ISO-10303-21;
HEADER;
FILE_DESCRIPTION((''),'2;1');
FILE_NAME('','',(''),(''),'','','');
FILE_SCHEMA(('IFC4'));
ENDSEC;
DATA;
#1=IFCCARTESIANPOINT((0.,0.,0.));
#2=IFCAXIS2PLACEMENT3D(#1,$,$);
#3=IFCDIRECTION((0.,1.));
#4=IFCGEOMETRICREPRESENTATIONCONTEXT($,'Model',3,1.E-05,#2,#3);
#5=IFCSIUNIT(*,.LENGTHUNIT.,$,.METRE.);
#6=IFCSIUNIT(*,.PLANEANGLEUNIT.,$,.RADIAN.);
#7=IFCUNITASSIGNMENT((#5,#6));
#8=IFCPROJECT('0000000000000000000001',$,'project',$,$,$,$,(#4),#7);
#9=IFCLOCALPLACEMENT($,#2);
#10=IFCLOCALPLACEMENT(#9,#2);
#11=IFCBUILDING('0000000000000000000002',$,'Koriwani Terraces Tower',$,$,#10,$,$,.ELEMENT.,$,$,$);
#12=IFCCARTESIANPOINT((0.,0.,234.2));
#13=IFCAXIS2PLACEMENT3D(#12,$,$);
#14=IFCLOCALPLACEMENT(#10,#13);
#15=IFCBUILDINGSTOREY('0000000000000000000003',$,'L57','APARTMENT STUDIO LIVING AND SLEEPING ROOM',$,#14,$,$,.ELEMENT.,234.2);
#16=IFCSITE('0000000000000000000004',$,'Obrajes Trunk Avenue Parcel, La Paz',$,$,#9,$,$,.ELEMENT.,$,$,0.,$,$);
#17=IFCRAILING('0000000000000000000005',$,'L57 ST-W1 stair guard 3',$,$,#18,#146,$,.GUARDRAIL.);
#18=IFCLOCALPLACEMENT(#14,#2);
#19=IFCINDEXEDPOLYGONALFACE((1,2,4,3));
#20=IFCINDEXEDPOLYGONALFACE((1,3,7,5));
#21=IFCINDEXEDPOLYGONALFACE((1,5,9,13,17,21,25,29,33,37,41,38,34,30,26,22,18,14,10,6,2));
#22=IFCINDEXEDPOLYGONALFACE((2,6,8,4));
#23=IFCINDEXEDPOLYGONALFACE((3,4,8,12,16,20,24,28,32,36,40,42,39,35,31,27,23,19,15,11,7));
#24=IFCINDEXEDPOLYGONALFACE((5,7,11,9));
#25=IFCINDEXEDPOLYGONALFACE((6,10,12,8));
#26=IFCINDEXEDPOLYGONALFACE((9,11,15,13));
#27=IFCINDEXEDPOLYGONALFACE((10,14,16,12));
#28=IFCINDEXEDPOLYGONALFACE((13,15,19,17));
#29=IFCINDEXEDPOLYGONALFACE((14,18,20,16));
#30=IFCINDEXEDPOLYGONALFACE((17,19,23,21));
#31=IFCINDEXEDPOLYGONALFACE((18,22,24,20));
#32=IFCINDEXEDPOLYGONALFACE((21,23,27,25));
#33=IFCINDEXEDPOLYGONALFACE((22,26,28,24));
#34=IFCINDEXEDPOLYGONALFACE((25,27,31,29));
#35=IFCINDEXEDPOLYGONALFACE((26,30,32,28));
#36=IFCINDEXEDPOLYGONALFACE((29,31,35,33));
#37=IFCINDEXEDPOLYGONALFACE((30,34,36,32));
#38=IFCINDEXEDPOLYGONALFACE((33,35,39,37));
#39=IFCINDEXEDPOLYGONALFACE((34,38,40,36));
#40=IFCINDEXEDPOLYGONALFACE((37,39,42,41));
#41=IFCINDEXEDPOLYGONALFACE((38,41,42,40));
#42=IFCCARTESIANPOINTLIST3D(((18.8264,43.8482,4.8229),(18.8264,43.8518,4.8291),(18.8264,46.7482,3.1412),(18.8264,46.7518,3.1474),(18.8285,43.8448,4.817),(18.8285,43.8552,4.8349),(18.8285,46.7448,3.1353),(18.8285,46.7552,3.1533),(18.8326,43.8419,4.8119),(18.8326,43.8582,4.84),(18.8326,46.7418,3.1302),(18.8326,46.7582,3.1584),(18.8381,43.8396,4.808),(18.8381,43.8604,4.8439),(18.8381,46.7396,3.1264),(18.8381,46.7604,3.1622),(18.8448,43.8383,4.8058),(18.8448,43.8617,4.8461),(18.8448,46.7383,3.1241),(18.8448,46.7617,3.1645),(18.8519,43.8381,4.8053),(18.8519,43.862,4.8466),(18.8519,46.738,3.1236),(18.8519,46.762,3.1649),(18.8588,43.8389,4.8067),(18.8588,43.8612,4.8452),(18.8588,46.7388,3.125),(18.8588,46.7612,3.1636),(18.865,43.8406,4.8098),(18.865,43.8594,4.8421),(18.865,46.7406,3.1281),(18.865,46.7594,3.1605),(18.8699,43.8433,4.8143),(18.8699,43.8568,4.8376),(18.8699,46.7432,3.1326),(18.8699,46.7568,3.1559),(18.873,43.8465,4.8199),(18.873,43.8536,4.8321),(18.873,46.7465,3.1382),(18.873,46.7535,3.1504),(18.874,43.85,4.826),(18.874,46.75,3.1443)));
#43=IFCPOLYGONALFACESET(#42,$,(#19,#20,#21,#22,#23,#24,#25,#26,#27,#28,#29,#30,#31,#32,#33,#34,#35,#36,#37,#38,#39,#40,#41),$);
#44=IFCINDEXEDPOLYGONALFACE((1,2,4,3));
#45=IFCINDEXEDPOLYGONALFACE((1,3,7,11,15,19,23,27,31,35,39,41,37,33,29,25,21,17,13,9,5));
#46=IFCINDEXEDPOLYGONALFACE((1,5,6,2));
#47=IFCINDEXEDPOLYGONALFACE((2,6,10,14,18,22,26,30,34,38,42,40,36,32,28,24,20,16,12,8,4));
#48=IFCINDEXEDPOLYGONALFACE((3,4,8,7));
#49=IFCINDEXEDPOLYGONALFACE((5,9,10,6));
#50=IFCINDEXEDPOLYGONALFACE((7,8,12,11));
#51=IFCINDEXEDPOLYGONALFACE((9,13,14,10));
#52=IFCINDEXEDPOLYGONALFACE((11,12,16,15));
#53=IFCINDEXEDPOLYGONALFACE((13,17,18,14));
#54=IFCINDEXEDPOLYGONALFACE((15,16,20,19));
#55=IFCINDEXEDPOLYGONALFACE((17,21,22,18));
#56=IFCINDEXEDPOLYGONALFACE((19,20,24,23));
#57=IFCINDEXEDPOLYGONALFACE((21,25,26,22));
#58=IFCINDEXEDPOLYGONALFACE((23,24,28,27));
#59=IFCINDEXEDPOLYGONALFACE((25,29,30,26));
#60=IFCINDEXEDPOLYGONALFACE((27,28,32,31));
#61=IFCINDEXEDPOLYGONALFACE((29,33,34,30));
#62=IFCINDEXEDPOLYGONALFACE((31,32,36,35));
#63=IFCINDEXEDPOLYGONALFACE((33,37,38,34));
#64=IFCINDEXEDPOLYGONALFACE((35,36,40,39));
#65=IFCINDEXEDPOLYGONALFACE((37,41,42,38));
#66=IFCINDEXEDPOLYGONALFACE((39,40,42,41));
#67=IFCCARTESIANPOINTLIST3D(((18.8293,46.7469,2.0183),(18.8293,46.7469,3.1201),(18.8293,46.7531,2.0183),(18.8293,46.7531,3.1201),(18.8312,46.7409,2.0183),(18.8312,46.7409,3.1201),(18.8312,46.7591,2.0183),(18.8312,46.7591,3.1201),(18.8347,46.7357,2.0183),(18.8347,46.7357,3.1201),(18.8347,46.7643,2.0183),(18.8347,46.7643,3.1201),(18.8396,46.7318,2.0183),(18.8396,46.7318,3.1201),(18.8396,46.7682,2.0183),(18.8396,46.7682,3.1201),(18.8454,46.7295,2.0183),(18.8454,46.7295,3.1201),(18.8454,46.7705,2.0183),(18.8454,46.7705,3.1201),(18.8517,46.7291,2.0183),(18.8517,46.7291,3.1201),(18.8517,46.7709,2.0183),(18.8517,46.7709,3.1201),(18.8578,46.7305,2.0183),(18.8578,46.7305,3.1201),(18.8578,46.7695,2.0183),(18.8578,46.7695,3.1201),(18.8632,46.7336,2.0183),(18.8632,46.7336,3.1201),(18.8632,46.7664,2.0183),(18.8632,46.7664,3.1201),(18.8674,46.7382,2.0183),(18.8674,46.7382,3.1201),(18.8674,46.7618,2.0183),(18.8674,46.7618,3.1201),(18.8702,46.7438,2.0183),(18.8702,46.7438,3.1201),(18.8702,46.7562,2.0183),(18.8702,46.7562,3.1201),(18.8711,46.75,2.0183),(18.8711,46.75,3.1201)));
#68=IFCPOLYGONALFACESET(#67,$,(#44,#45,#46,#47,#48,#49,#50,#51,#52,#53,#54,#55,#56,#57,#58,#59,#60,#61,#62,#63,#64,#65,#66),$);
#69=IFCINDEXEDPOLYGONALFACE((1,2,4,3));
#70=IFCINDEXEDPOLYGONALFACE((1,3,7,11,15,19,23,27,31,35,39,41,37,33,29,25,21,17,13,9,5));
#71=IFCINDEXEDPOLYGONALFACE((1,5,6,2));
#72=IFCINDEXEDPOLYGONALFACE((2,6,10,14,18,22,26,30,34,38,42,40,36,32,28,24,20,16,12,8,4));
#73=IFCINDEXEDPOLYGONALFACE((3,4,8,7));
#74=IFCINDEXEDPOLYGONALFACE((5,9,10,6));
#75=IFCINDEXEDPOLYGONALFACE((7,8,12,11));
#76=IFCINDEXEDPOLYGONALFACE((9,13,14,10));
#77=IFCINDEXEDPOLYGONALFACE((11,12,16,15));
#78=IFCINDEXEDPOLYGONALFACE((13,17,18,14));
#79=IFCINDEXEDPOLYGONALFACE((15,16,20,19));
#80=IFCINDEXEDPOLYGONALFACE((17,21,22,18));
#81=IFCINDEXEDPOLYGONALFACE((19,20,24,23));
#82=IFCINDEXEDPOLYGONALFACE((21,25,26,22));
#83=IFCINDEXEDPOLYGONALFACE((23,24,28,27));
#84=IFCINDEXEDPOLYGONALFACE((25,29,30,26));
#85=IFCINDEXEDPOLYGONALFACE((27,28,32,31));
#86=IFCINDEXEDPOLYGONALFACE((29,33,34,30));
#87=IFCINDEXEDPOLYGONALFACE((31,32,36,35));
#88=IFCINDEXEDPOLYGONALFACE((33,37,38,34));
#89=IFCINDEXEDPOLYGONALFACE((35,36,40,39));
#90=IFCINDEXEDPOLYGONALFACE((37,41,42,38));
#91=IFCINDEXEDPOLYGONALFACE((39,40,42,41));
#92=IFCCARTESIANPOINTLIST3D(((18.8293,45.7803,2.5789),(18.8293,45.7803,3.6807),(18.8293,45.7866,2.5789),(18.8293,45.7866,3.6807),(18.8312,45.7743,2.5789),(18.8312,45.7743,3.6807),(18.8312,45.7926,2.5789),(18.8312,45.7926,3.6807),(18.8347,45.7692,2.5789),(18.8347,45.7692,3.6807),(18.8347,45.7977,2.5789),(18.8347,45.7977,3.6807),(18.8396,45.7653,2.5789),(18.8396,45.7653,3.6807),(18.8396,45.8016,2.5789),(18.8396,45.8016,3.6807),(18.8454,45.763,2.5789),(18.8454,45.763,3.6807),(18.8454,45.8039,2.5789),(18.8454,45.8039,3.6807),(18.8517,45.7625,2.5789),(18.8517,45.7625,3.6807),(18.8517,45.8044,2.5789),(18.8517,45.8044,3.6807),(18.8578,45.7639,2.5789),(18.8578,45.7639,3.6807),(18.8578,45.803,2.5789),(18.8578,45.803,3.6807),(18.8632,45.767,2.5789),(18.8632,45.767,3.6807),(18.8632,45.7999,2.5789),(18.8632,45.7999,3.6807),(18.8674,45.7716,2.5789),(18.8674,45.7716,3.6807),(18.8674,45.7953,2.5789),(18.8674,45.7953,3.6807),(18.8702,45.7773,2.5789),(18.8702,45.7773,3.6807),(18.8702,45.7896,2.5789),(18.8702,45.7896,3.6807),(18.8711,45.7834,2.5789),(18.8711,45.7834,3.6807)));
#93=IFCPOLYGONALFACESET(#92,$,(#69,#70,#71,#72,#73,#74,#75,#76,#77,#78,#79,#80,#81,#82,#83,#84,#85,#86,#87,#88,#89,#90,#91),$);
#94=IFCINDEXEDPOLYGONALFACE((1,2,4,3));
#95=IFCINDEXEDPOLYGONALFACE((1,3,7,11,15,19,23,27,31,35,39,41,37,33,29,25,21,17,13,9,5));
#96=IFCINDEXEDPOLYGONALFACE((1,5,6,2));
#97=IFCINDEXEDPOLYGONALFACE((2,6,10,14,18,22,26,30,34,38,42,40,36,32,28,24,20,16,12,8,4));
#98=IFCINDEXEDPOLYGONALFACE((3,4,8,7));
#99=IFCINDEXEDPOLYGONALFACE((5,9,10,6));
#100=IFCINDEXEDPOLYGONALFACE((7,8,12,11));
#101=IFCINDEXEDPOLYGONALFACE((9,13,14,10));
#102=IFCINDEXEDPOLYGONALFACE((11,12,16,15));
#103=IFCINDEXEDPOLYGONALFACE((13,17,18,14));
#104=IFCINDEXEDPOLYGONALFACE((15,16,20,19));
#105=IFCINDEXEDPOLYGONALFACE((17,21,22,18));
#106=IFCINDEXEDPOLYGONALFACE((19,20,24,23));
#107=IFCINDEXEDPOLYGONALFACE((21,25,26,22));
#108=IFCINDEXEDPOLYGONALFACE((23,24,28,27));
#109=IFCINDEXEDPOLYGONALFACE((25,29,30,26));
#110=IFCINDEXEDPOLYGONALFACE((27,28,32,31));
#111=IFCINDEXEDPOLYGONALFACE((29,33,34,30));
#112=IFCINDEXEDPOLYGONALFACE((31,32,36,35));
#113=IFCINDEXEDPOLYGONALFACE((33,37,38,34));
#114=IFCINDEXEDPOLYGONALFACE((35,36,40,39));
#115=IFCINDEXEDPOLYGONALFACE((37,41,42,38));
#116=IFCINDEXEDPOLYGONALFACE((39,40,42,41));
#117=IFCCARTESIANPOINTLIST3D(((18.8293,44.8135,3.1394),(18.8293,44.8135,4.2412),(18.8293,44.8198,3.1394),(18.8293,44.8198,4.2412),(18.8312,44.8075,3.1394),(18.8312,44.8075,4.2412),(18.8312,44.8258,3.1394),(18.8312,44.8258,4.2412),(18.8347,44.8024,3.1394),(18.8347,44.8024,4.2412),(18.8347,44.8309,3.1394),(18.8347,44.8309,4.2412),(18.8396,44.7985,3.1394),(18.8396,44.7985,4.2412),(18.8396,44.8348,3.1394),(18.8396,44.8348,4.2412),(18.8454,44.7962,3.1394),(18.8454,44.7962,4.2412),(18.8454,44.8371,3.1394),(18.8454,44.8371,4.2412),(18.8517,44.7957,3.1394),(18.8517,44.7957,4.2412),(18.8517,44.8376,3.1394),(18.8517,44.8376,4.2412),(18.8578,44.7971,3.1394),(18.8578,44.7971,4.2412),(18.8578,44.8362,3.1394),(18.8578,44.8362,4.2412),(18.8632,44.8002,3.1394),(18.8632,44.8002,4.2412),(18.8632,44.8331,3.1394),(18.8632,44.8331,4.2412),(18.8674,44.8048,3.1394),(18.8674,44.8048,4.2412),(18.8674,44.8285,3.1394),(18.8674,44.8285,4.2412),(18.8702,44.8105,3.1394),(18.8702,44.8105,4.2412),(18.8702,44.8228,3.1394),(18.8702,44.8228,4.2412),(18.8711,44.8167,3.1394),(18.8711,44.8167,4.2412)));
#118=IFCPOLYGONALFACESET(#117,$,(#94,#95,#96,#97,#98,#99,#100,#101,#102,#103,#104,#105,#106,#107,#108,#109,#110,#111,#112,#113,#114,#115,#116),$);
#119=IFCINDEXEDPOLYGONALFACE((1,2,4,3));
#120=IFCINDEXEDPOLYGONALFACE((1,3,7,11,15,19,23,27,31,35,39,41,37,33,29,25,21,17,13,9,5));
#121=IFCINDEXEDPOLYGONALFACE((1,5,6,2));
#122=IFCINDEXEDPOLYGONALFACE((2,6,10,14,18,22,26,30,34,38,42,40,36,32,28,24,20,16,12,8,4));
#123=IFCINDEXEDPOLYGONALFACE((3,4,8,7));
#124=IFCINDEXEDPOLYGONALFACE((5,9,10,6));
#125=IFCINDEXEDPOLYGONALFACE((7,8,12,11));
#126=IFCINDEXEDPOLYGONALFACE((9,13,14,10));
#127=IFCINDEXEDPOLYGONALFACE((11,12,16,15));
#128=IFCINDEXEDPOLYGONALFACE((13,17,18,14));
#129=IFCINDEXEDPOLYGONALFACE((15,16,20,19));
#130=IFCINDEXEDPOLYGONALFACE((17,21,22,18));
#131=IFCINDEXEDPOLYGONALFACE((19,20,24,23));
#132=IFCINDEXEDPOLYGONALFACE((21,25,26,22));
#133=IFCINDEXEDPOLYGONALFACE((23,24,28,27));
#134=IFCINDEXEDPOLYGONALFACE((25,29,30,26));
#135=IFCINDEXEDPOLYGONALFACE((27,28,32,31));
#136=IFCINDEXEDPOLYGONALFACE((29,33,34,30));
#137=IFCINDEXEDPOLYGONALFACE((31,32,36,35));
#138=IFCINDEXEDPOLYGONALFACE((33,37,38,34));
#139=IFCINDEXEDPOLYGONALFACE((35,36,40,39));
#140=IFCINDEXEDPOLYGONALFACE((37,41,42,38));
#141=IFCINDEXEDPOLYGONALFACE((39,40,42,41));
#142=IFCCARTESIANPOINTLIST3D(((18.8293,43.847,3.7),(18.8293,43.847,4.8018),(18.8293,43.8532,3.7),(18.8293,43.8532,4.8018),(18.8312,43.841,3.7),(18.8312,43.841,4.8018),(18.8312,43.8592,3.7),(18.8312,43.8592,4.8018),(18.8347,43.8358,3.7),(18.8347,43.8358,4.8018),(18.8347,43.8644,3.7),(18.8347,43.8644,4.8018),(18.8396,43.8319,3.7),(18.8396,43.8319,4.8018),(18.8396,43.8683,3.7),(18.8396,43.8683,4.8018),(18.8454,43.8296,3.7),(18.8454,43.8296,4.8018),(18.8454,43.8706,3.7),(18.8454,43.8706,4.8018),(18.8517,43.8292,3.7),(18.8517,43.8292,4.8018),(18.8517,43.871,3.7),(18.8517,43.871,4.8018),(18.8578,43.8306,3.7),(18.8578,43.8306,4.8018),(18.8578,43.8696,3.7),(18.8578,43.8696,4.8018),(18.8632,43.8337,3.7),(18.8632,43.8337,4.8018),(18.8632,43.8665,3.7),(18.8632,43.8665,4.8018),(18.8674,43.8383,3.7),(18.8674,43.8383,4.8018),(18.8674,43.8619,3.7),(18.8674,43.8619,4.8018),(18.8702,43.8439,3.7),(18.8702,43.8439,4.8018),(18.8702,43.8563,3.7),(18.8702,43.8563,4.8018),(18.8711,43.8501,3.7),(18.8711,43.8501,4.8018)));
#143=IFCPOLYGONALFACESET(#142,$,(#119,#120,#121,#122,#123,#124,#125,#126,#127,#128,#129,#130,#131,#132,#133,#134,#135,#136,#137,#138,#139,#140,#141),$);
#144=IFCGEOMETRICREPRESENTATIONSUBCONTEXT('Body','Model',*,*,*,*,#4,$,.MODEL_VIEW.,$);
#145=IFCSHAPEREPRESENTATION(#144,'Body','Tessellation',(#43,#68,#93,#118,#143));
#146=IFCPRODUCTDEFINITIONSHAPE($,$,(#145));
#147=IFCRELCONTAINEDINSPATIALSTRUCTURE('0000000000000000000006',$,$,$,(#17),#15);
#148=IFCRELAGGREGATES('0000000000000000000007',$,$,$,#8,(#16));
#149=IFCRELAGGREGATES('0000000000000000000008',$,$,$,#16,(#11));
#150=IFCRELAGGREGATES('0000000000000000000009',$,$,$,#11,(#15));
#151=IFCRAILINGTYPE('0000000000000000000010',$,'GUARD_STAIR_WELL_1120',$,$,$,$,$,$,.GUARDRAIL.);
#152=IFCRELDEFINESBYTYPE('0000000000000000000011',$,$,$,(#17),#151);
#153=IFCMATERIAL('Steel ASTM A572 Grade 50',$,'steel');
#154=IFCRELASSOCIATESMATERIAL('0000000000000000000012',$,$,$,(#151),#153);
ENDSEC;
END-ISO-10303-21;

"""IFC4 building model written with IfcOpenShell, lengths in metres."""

from ifc_helpers import new_model, si_unit, direction, frame, origin, origin_2d, place, context, subcontext, project, spatial, circle, extrude, material, type_object, element, save


model = new_model("IFC4")

# Units and contexts
model_context = context("Model", 3, precision=1e-05, world=origin(), true_north=direction((0.0, 1.0)))
body_context = subcontext(model_context, "Body", "Model", "MODEL_VIEW")
ifc_project = project(units=[si_unit("LENGTHUNIT", "METRE"), si_unit("PLANEANGLEUNIT", "RADIAN")], contexts=[model_context])

# Site, building, storey
site_placement = place(None, origin())
site = spatial("IfcSite", under=ifc_project, at=site_placement, Name="Obrajes Trunk Avenue Parcel, La Paz", CompositionType="ELEMENT", RefElevation=0.0)
building_placement = place(site_placement, origin())
building = spatial("IfcBuilding", under=site, at=building_placement, Name="Koriwani Terraces Tower", CompositionType="ELEMENT")
storey_placement = place(building_placement, frame((0.0, 0.0, 234.2)))
storey = spatial("IfcBuildingStorey", under=building, at=storey_placement, Name="L57", Description="APARTMENT STUDIO LIVING AND SLEEPING ROOM", CompositionType="ELEMENT", Elevation=234.2)

# Shared definitions
ifc_material_1 = material(Name="Steel ASTM A572 Grade 50", Category="steel")

# Railing
railing_type_1 = type_object("IfcRailingType", Name="GUARD_STAIR_WELL_1120", PredefinedType="GUARDRAIL", material=ifc_material_1)
railing_1_placement = place(storey_placement, frame((18.8501, 46.75, 2.0183)))
element("IfcRailing", 1, at=railing_1_placement, inside=storey, type_object=railing_type_1, Name="L57 ST-W1 stair guard 3", PredefinedType="GUARDRAIL", context=body_context, shape_type="SweptSolid", body=[
    extrude(circle(Radius=0.0239, at=origin_2d()), frame((0.0, 0.0, 1.126), z_axis=(0.0, -0.86507, 0.501651), x_axis=(1.0, 0.0, 0.0)), (0.0, 0.0, 1.0), 3.3523),
    extrude(circle(Radius=0.021, at=origin_2d()), origin(), (0.0, 0.0, 1.0), 1.1018),
    extrude(circle(Radius=0.021, at=origin_2d()), frame((0.0, -0.9666, 0.5605)), (0.0, 0.0, 1.0), 1.1018),
    extrude(circle(Radius=0.021, at=origin_2d()), frame((0.0, -1.9333, 1.1211)), (0.0, 0.0, 1.0), 1.1018),
    extrude(circle(Radius=0.021, at=origin_2d()), frame((0.0, -2.8999, 1.6816)), (0.0, 0.0, 1.0), 1.1018),
])

save(model, "model.ifc")
